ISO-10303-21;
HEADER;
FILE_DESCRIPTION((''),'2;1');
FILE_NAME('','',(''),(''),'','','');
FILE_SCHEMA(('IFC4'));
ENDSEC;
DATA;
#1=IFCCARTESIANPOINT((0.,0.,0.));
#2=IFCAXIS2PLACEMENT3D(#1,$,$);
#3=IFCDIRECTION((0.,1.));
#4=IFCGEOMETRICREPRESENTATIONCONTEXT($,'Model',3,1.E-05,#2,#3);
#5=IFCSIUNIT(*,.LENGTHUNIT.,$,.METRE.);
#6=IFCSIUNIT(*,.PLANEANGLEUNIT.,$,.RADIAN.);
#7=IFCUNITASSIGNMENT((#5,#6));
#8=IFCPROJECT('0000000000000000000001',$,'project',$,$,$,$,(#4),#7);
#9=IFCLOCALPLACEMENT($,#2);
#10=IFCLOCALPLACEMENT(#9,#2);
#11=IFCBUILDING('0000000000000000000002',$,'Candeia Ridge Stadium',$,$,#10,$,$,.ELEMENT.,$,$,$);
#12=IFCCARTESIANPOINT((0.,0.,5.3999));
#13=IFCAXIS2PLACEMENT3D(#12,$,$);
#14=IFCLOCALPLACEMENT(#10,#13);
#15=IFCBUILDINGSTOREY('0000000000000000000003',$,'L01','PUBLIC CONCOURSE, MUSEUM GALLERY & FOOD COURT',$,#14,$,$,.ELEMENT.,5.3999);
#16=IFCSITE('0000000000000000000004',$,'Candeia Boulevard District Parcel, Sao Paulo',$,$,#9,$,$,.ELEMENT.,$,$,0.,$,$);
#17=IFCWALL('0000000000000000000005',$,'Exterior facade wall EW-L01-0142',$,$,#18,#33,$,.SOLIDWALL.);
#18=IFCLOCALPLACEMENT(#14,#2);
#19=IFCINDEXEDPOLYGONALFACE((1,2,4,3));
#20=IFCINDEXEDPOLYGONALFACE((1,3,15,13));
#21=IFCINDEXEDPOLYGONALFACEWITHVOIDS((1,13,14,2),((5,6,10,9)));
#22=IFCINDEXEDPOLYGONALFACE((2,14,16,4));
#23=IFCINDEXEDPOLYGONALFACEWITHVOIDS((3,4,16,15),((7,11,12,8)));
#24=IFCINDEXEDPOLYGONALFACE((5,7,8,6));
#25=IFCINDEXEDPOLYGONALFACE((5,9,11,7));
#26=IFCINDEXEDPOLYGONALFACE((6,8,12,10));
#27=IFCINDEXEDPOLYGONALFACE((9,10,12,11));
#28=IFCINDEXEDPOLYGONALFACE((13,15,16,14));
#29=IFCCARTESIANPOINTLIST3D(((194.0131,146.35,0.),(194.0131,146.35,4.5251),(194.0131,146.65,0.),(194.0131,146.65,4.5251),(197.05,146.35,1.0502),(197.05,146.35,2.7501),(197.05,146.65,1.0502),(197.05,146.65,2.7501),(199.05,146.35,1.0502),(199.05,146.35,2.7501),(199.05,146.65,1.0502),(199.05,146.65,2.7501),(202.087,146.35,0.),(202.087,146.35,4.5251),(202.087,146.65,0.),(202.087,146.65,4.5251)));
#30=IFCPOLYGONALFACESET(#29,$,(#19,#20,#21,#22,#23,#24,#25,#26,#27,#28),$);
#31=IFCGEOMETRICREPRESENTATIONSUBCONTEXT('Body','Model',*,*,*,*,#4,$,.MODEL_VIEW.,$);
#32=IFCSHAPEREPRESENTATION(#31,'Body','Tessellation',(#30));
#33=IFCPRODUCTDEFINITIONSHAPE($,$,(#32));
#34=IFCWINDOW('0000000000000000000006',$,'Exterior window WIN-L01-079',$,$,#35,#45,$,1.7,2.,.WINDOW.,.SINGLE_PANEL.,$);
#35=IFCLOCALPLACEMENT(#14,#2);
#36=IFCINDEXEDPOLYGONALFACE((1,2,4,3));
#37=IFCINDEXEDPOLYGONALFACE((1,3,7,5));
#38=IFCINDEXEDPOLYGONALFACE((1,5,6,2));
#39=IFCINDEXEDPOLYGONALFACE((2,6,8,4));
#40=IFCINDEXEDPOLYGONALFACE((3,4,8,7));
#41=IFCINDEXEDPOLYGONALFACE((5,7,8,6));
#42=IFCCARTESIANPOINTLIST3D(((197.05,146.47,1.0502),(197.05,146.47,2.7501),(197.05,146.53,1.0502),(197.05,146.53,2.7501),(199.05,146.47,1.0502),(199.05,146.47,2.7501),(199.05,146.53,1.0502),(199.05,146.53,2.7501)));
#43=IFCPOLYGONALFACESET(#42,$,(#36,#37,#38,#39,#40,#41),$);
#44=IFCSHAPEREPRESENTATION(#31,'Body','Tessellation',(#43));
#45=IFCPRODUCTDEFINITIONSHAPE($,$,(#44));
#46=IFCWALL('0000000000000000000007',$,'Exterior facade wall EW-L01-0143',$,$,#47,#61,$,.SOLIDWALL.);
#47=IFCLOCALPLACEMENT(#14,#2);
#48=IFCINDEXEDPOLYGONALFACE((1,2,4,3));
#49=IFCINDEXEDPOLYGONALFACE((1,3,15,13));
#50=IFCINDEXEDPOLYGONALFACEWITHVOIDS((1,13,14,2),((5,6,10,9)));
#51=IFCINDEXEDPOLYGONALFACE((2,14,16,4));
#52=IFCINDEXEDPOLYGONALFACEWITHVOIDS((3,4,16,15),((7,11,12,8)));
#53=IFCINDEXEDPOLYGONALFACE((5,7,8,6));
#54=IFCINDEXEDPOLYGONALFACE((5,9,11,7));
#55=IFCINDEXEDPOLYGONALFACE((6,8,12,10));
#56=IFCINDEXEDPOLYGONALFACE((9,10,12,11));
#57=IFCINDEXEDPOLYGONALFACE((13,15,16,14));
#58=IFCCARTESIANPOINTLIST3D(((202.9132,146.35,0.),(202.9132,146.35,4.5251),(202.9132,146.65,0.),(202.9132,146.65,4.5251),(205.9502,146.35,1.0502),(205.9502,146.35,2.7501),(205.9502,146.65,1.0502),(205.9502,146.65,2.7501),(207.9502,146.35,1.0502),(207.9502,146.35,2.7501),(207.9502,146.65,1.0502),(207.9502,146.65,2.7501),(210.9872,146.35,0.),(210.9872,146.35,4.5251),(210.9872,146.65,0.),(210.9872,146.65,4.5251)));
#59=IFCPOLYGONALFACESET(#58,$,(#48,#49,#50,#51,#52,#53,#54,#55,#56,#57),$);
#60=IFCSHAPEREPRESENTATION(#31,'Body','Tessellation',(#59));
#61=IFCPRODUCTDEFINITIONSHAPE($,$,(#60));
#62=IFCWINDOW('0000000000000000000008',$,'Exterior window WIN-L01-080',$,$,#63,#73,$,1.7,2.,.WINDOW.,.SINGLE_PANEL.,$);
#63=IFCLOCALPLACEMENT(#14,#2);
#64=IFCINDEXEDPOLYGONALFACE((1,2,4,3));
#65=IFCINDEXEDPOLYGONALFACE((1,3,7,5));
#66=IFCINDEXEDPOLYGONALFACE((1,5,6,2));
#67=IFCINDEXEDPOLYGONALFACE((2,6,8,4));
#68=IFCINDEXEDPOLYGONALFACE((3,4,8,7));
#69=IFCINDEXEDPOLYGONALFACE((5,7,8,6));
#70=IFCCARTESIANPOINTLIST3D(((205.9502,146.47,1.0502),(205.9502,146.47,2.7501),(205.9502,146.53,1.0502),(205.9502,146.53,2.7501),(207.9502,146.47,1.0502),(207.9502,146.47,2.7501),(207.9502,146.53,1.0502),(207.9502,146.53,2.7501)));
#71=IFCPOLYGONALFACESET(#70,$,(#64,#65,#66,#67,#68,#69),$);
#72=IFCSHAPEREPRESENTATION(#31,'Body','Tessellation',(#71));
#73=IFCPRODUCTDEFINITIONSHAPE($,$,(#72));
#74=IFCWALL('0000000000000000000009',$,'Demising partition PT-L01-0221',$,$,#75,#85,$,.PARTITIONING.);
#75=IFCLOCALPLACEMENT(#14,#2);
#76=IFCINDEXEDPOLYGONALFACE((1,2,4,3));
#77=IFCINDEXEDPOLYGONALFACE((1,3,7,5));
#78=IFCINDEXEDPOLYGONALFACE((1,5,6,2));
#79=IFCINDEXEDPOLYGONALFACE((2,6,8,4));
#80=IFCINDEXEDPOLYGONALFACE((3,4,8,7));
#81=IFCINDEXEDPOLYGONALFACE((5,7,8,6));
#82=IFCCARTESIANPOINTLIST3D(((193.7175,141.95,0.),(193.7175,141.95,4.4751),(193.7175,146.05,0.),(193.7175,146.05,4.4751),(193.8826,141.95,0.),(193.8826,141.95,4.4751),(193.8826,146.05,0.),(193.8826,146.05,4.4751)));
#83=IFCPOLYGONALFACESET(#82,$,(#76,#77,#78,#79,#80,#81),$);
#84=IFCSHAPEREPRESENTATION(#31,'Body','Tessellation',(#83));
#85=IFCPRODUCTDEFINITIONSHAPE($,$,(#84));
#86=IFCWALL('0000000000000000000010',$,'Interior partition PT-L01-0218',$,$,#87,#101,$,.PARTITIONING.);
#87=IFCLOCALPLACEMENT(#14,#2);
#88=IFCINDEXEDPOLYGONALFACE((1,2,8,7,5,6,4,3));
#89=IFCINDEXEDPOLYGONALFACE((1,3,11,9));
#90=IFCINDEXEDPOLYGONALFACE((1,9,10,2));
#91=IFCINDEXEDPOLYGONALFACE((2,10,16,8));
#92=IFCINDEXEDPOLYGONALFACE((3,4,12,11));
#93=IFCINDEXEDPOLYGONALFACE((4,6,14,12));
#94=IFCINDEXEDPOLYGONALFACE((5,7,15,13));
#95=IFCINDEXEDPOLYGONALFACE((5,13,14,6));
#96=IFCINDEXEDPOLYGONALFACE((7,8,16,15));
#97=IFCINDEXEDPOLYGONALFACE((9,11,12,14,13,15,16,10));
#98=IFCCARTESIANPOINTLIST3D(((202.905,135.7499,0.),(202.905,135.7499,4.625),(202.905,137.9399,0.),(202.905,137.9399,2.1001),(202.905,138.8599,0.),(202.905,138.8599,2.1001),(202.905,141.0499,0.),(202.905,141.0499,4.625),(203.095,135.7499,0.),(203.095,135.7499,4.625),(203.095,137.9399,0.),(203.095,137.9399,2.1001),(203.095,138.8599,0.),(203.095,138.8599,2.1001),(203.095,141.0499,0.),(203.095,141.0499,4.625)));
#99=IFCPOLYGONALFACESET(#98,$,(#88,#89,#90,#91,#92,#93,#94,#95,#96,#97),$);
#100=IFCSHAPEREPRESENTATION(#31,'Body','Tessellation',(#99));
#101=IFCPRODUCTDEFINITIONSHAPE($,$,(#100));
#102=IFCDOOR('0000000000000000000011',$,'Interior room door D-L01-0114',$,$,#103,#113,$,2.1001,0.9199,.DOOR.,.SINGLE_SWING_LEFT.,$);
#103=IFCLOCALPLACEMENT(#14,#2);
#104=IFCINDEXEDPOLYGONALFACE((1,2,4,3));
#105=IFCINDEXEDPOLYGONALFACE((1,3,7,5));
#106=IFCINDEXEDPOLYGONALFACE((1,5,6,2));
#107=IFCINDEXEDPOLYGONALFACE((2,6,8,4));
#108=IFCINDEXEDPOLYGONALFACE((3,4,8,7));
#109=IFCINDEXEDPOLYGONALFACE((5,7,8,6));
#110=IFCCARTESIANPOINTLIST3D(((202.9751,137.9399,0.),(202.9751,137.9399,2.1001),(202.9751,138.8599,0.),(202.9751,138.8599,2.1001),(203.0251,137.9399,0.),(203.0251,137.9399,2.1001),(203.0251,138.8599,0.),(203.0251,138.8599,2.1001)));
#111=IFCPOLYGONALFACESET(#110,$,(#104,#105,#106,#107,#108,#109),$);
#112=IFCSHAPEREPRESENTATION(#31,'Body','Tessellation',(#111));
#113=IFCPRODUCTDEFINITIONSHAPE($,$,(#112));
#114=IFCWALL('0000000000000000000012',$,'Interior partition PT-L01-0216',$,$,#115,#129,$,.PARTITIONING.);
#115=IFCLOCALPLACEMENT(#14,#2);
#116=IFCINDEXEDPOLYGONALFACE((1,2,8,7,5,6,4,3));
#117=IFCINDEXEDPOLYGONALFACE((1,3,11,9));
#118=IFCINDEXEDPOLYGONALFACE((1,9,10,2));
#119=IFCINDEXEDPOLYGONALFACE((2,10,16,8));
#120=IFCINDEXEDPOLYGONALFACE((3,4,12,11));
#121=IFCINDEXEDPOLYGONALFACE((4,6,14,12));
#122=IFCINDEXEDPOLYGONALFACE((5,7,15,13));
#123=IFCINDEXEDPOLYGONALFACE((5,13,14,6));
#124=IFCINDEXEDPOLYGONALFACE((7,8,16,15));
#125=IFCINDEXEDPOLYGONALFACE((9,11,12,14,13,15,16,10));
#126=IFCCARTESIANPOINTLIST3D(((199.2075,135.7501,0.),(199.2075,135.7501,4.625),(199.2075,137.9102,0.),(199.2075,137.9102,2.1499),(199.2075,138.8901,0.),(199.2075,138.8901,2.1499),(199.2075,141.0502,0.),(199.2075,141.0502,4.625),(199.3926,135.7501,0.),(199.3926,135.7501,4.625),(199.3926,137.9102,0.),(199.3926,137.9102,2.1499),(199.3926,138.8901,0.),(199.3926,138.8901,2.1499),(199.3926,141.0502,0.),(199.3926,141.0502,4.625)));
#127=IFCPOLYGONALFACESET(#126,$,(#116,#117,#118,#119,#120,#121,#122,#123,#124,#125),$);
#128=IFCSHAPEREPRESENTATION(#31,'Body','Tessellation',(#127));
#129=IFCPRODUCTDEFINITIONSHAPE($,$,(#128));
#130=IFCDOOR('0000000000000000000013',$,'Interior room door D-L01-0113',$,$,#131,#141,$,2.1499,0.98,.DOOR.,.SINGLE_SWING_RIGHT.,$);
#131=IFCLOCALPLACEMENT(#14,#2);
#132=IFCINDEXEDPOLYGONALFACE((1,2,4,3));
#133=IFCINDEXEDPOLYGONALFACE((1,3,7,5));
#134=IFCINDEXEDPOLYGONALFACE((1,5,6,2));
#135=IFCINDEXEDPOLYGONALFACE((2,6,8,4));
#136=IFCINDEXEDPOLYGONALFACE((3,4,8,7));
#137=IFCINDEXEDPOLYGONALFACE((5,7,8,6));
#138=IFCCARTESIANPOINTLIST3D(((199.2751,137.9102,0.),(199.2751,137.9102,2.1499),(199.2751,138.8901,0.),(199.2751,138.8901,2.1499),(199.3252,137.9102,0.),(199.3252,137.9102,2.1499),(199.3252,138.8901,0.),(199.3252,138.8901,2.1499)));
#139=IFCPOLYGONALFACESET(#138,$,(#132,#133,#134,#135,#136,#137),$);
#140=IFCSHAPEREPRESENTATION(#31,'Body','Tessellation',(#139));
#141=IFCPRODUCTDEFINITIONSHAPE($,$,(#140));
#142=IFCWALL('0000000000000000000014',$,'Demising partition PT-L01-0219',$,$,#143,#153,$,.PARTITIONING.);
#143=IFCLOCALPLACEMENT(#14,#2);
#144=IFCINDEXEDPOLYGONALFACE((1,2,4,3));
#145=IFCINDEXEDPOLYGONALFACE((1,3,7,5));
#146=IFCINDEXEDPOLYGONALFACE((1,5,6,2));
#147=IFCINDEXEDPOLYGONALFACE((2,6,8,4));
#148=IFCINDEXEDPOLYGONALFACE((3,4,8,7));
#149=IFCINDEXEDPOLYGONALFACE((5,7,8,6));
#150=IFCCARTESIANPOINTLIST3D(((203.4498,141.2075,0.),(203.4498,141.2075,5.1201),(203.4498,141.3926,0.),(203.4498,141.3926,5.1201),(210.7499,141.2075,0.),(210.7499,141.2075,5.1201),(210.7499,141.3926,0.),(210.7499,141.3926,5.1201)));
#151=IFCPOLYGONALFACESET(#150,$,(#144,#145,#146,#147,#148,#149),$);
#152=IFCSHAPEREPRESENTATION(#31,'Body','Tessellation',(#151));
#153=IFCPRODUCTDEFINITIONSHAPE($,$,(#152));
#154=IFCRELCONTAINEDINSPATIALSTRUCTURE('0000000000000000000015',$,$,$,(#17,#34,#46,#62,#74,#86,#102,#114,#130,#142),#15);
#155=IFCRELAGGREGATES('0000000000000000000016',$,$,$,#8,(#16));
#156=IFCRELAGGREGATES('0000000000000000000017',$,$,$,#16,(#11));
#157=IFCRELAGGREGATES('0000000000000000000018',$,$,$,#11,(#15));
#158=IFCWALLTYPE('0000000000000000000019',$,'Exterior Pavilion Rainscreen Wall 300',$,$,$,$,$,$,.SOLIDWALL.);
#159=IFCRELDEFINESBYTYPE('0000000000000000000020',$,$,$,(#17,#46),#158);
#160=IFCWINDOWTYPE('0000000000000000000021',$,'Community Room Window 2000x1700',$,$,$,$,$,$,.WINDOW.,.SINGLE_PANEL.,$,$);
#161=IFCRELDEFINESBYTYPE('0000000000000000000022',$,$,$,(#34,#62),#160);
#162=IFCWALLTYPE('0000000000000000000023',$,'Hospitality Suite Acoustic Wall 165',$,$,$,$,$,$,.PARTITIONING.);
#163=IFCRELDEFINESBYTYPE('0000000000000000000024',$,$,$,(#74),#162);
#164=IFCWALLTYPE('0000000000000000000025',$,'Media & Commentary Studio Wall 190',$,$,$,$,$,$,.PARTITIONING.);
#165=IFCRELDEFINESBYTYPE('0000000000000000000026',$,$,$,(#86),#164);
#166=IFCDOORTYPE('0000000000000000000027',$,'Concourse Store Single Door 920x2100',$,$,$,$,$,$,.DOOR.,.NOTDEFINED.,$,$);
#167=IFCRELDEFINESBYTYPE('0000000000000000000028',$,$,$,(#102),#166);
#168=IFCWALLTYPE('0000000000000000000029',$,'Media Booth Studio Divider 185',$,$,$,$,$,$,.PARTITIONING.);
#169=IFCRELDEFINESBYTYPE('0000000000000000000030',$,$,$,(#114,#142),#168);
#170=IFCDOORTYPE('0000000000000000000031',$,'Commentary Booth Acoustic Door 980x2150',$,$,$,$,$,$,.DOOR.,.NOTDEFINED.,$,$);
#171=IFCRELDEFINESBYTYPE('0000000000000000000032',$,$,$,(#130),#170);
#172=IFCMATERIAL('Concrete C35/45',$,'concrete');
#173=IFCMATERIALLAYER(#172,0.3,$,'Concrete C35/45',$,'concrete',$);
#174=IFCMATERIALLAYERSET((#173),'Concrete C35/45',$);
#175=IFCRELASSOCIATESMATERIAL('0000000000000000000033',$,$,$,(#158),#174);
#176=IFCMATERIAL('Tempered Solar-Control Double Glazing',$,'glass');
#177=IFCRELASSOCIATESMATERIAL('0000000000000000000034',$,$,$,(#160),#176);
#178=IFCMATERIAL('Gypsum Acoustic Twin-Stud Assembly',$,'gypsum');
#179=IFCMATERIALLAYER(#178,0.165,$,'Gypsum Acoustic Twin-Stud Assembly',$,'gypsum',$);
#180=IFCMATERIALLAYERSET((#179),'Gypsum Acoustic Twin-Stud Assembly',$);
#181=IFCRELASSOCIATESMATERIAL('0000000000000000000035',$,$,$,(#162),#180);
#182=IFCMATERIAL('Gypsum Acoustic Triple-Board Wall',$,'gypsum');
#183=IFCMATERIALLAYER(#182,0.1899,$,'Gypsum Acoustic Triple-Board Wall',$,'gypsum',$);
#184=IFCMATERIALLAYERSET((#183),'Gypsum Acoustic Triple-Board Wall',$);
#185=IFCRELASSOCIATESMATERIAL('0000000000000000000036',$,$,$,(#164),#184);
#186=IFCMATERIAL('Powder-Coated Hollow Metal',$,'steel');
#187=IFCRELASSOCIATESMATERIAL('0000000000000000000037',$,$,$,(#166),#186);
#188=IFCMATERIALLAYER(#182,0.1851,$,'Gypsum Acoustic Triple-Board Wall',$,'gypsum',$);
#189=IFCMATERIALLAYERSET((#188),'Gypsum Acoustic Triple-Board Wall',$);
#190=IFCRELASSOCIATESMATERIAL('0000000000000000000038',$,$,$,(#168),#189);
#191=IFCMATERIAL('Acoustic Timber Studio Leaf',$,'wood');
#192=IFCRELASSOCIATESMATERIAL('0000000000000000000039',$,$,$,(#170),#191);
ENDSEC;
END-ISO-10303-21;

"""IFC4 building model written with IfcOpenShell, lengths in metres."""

from ifc_helpers import new_model, si_unit, direction, frame, frame_2d, origin, place, context, subcontext, project, spatial, rectangle, extrude, material, layer, layer_set, type_object, element, fill, save


model = new_model("IFC4")

# Units and contexts
model_context = context("Model", 3, precision=1e-05, world=origin(), true_north=direction((0.0, 1.0)))
body_context = subcontext(model_context, "Body", "Model", "MODEL_VIEW")
ifc_project = project(units=[si_unit("LENGTHUNIT", "METRE"), si_unit("PLANEANGLEUNIT", "RADIAN")], contexts=[model_context])

# Site, building, storey
site_placement = place(None, origin())
site = spatial("IfcSite", under=ifc_project, at=site_placement, Name="Candeia Boulevard District Parcel, Sao Paulo", CompositionType="ELEMENT", RefElevation=0.0)
building_placement = place(site_placement, origin())
building = spatial("IfcBuilding", under=site, at=building_placement, Name="Candeia Ridge Stadium", CompositionType="ELEMENT")
storey_placement = place(building_placement, frame((0.0, 0.0, 5.3999)))
storey = spatial("IfcBuildingStorey", under=building, at=storey_placement, Name="L01", Description="PUBLIC CONCOURSE, MUSEUM GALLERY & FOOD COURT", CompositionType="ELEMENT", Elevation=5.3999)

# Walls, openings, windows
ifc_material_1 = material(Name="Concrete C35/45", Category="concrete")
ifc_layer_1 = layer(ifc_material_1, 0.3, Name="Concrete C35/45", Category="concrete")
ifc_layer_set_1 = layer_set([ifc_layer_1], Name="Concrete C35/45")
wall_type_1 = type_object("IfcWallType", Name="Exterior Pavilion Rainscreen Wall 300", PredefinedType="SOLIDWALL", material=ifc_layer_set_1)
wall_1_placement = place(storey_placement, frame((194.0129, 146.5, 0.0), z_axis=(0.0, 0.0, 1.0), x_axis=(1.0, 0.0, 0.0)))
wall_1 = element("IfcWall", 1, at=wall_1_placement, inside=storey, type_object=wall_type_1, Name="Exterior facade wall EW-L01-0142", PredefinedType="SOLIDWALL", context=body_context, shape_type="SweptSolid", body=[
    extrude(rectangle(XDim=8.074, YDim=0.3, at=frame_2d((4.0371, 0.0))), origin(), (0.0, 0.0, 1.0), 4.5251),
])
opening_1_placement = place(wall_1_placement, frame((3.0371, 0.0, 1.05)))
opening_1 = element("IfcOpeningElement", 2, at=opening_1_placement, cuts=wall_1, PredefinedType="OPENING", context=body_context, shape_type="SweptSolid", body=[
    extrude(rectangle(XDim=2.0, YDim=1.7, at=frame_2d((1.0, 0.8501))), frame((0.0, 0.1599, 0.0), z_axis=(0.0, -1.0, 0.0), x_axis=(1.0, 0.0, 0.0)), (0.0, 0.0, 1.0), 0.3201),
])
ifc_material_2 = material(Name="Tempered Solar-Control Double Glazing", Category="glass")
window_type = type_object("IfcWindowType", Name="Community Room Window 2000x1700", PartitioningType="SINGLE_PANEL", PredefinedType="WINDOW", material=ifc_material_2)
window_1_placement = place(opening_1_placement, origin())
window_1 = element("IfcWindow", 3, at=window_1_placement, inside=storey, type_object=window_type, Name="Exterior window WIN-L01-079", OverallHeight=1.7, OverallWidth=2.0, PartitioningType="SINGLE_PANEL", PredefinedType="WINDOW", context=body_context, shape_type="SweptSolid", body=[
    extrude(rectangle(XDim=2.0, YDim=1.7, at=frame_2d((1.0, 0.8501))), frame((0.0, 0.03, 0.0), z_axis=(0.0, -1.0, 0.0), x_axis=(1.0, 0.0, 0.0)), (0.0, 0.0, 1.0), 0.0601),
])
fill(opening_1, window_1)
wall_2_placement = place(storey_placement, frame((202.9131, 146.5, 0.0), z_axis=(0.0, 0.0, 1.0), x_axis=(1.0, 0.0, 0.0)))
wall_2 = element("IfcWall", 4, at=wall_2_placement, inside=storey, type_object=wall_type_1, Name="Exterior facade wall EW-L01-0143", PredefinedType="SOLIDWALL", context=body_context, shape_type="SweptSolid", body=[
    extrude(rectangle(XDim=8.074, YDim=0.3, at=frame_2d((4.0371, 0.0))), origin(), (0.0, 0.0, 1.0), 4.5251),
])
opening_2_placement = place(wall_2_placement, frame((3.0371, 0.0, 1.05)))
opening_2 = element("IfcOpeningElement", 5, at=opening_2_placement, cuts=wall_2, PredefinedType="OPENING", context=body_context, shape_type="SweptSolid", body=[
    extrude(rectangle(XDim=2.0, YDim=1.7, at=frame_2d((1.0, 0.8501))), frame((0.0, 0.1599, 0.0), z_axis=(0.0, -1.0, 0.0), x_axis=(1.0, 0.0, 0.0)), (0.0, 0.0, 1.0), 0.3201),
])
window_2_placement = place(opening_2_placement, origin())
window_2 = element("IfcWindow", 6, at=window_2_placement, inside=storey, type_object=window_type, Name="Exterior window WIN-L01-080", OverallHeight=1.7, OverallWidth=2.0, PartitioningType="SINGLE_PANEL", PredefinedType="WINDOW", context=body_context, shape_type="SweptSolid", body=[
    extrude(rectangle(XDim=2.0, YDim=1.7, at=frame_2d((1.0, 0.8501))), frame((0.0, 0.03, 0.0), z_axis=(0.0, -1.0, 0.0), x_axis=(1.0, 0.0, 0.0)), (0.0, 0.0, 1.0), 0.0601),
])
fill(opening_2, window_2)

# Wall
ifc_material_3 = material(Name="Gypsum Acoustic Twin-Stud Assembly", Category="gypsum")
ifc_layer_2 = layer(ifc_material_3, 0.165, Name="Gypsum Acoustic Twin-Stud Assembly", Category="gypsum")
ifc_layer_set_2 = layer_set([ifc_layer_2], Name="Gypsum Acoustic Twin-Stud Assembly")
wall_type_2 = type_object("IfcWallType", Name="Hospitality Suite Acoustic Wall 165", PredefinedType="PARTITIONING", material=ifc_layer_set_2)
wall_3_placement = place(storey_placement, frame((193.8, 141.95, 0.0), z_axis=(0.0, 0.0, 1.0), x_axis=(0.0, 1.0, 0.0)))
element("IfcWall", 7, at=wall_3_placement, inside=storey, type_object=wall_type_2, Name="Demising partition PT-L01-0221", PredefinedType="PARTITIONING", context=body_context, shape_type="SweptSolid", body=[
    extrude(rectangle(XDim=4.1001, YDim=0.165, at=frame_2d((2.05, 0.0))), origin(), (0.0, 0.0, 1.0), 4.4751),
])

# Walls, openings, doors
ifc_material_4 = material(Name="Gypsum Acoustic Triple-Board Wall", Category="gypsum")
ifc_layer_3 = layer(ifc_material_4, 0.1899, Name="Gypsum Acoustic Triple-Board Wall", Category="gypsum")
ifc_layer_set_3 = layer_set([ifc_layer_3], Name="Gypsum Acoustic Triple-Board Wall")
wall_type_3 = type_object("IfcWallType", Name="Media & Commentary Studio Wall 190", PredefinedType="PARTITIONING", material=ifc_layer_set_3)
wall_4_placement = place(storey_placement, frame((203.0, 135.75, 0.0), z_axis=(0.0, 0.0, 1.0), x_axis=(0.0, 1.0, 0.0)))
wall_4 = element("IfcWall", 8, at=wall_4_placement, inside=storey, type_object=wall_type_3, Name="Interior partition PT-L01-0218", PredefinedType="PARTITIONING", context=body_context, shape_type="SweptSolid", body=[
    extrude(rectangle(XDim=5.3, YDim=0.1899, at=frame_2d((2.6499, 0.0))), origin(), (0.0, 0.0, 1.0), 4.625),
])
opening_3_placement = place(wall_4_placement, frame((2.1899, 0.0, 0.0)))
opening_3 = element("IfcOpeningElement", 9, at=opening_3_placement, cuts=wall_4, PredefinedType="OPENING", context=body_context, shape_type="SweptSolid", body=[
    extrude(rectangle(XDim=0.9199, YDim=2.1001, at=frame_2d((0.46, 1.05))), frame((0.0, 0.105, 0.0), z_axis=(0.0, -1.0, 0.0), x_axis=(1.0, 0.0, 0.0)), (0.0, 0.0, 1.0), 0.21),
])
ifc_material_5 = material(Name="Powder-Coated Hollow Metal", Category="steel")
door_type_1 = type_object("IfcDoorType", Name="Concourse Store Single Door 920x2100", OperationType="NOTDEFINED", PredefinedType="DOOR", material=ifc_material_5)
door_1_placement = place(opening_3_placement, origin())
door_1 = element("IfcDoor", 10, at=door_1_placement, inside=storey, type_object=door_type_1, Name="Interior room door D-L01-0114", OperationType="SINGLE_SWING_LEFT", OverallHeight=2.1001, OverallWidth=0.9199, PredefinedType="DOOR", context=body_context, shape_type="SweptSolid", body=[
    extrude(rectangle(XDim=0.9199, YDim=2.1001, at=frame_2d((0.46, 1.05))), frame((0.0, 0.0249, 0.0), z_axis=(0.0, -1.0, 0.0), x_axis=(1.0, 0.0, 0.0)), (0.0, 0.0, 1.0), 0.05),
])
fill(opening_3, door_1)
ifc_layer_4 = layer(ifc_material_4, 0.1851, Name="Gypsum Acoustic Triple-Board Wall", Category="gypsum")
ifc_layer_set_4 = layer_set([ifc_layer_4], Name="Gypsum Acoustic Triple-Board Wall")
wall_type_4 = type_object("IfcWallType", Name="Media Booth Studio Divider 185", PredefinedType="PARTITIONING", material=ifc_layer_set_4)
wall_5_placement = place(storey_placement, frame((199.3, 141.05, 0.0), z_axis=(0.0, 0.0, 1.0), x_axis=(0.0, -1.0, 0.0)))
wall_5 = element("IfcWall", 11, at=wall_5_placement, inside=storey, type_object=wall_type_4, Name="Interior partition PT-L01-0216", PredefinedType="PARTITIONING", context=body_context, shape_type="SweptSolid", body=[
    extrude(rectangle(XDim=5.3, YDim=0.1851, at=frame_2d((2.6499, 0.0))), origin(), (0.0, 0.0, 1.0), 4.625),
])
opening_4_placement = place(wall_5_placement, frame((2.1599, 0.0, 0.0)))
opening_4 = element("IfcOpeningElement", 12, at=opening_4_placement, cuts=wall_5, PredefinedType="OPENING", context=body_context, shape_type="SweptSolid", body=[
    extrude(rectangle(XDim=0.98, YDim=2.1499, at=frame_2d((0.49, 1.075))), frame((0.0, 0.1025, 0.0), z_axis=(0.0, -1.0, 0.0), x_axis=(1.0, 0.0, 0.0)), (0.0, 0.0, 1.0), 0.2051),
])
ifc_material_6 = material(Name="Acoustic Timber Studio Leaf", Category="wood")
door_type_2 = type_object("IfcDoorType", Name="Commentary Booth Acoustic Door 980x2150", OperationType="NOTDEFINED", PredefinedType="DOOR", material=ifc_material_6)
door_2_placement = place(opening_4_placement, frame((0.98, 0.0, 0.0), z_axis=(0.0, 0.0, 1.0), x_axis=(-1.0, 0.0, 0.0)))
door_2 = element("IfcDoor", 13, at=door_2_placement, inside=storey, type_object=door_type_2, Name="Interior room door D-L01-0113", OperationType="SINGLE_SWING_RIGHT", OverallHeight=2.1499, OverallWidth=0.98, PredefinedType="DOOR", context=body_context, shape_type="SweptSolid", body=[
    extrude(rectangle(XDim=0.98, YDim=2.1499, at=frame_2d((0.49, 1.075))), frame((0.0, 0.0249, 0.0), z_axis=(0.0, -1.0, 0.0), x_axis=(1.0, 0.0, 0.0)), (0.0, 0.0, 1.0), 0.05),
])
fill(opening_4, door_2)

# Wall
wall_6_placement = place(storey_placement, frame((203.45, 141.3, 0.0), z_axis=(0.0, 0.0, 1.0), x_axis=(1.0, 0.0, 0.0)))
element("IfcWall", 14, at=wall_6_placement, inside=storey, type_object=wall_type_4, Name="Demising partition PT-L01-0219", PredefinedType="PARTITIONING", context=body_context, shape_type="SweptSolid", body=[
    extrude(rectangle(XDim=7.3, YDim=0.1851, at=frame_2d((3.6499, 0.0))), origin(), (0.0, 0.0, 1.0), 5.1201),
])

save(model, "model.ifc")
